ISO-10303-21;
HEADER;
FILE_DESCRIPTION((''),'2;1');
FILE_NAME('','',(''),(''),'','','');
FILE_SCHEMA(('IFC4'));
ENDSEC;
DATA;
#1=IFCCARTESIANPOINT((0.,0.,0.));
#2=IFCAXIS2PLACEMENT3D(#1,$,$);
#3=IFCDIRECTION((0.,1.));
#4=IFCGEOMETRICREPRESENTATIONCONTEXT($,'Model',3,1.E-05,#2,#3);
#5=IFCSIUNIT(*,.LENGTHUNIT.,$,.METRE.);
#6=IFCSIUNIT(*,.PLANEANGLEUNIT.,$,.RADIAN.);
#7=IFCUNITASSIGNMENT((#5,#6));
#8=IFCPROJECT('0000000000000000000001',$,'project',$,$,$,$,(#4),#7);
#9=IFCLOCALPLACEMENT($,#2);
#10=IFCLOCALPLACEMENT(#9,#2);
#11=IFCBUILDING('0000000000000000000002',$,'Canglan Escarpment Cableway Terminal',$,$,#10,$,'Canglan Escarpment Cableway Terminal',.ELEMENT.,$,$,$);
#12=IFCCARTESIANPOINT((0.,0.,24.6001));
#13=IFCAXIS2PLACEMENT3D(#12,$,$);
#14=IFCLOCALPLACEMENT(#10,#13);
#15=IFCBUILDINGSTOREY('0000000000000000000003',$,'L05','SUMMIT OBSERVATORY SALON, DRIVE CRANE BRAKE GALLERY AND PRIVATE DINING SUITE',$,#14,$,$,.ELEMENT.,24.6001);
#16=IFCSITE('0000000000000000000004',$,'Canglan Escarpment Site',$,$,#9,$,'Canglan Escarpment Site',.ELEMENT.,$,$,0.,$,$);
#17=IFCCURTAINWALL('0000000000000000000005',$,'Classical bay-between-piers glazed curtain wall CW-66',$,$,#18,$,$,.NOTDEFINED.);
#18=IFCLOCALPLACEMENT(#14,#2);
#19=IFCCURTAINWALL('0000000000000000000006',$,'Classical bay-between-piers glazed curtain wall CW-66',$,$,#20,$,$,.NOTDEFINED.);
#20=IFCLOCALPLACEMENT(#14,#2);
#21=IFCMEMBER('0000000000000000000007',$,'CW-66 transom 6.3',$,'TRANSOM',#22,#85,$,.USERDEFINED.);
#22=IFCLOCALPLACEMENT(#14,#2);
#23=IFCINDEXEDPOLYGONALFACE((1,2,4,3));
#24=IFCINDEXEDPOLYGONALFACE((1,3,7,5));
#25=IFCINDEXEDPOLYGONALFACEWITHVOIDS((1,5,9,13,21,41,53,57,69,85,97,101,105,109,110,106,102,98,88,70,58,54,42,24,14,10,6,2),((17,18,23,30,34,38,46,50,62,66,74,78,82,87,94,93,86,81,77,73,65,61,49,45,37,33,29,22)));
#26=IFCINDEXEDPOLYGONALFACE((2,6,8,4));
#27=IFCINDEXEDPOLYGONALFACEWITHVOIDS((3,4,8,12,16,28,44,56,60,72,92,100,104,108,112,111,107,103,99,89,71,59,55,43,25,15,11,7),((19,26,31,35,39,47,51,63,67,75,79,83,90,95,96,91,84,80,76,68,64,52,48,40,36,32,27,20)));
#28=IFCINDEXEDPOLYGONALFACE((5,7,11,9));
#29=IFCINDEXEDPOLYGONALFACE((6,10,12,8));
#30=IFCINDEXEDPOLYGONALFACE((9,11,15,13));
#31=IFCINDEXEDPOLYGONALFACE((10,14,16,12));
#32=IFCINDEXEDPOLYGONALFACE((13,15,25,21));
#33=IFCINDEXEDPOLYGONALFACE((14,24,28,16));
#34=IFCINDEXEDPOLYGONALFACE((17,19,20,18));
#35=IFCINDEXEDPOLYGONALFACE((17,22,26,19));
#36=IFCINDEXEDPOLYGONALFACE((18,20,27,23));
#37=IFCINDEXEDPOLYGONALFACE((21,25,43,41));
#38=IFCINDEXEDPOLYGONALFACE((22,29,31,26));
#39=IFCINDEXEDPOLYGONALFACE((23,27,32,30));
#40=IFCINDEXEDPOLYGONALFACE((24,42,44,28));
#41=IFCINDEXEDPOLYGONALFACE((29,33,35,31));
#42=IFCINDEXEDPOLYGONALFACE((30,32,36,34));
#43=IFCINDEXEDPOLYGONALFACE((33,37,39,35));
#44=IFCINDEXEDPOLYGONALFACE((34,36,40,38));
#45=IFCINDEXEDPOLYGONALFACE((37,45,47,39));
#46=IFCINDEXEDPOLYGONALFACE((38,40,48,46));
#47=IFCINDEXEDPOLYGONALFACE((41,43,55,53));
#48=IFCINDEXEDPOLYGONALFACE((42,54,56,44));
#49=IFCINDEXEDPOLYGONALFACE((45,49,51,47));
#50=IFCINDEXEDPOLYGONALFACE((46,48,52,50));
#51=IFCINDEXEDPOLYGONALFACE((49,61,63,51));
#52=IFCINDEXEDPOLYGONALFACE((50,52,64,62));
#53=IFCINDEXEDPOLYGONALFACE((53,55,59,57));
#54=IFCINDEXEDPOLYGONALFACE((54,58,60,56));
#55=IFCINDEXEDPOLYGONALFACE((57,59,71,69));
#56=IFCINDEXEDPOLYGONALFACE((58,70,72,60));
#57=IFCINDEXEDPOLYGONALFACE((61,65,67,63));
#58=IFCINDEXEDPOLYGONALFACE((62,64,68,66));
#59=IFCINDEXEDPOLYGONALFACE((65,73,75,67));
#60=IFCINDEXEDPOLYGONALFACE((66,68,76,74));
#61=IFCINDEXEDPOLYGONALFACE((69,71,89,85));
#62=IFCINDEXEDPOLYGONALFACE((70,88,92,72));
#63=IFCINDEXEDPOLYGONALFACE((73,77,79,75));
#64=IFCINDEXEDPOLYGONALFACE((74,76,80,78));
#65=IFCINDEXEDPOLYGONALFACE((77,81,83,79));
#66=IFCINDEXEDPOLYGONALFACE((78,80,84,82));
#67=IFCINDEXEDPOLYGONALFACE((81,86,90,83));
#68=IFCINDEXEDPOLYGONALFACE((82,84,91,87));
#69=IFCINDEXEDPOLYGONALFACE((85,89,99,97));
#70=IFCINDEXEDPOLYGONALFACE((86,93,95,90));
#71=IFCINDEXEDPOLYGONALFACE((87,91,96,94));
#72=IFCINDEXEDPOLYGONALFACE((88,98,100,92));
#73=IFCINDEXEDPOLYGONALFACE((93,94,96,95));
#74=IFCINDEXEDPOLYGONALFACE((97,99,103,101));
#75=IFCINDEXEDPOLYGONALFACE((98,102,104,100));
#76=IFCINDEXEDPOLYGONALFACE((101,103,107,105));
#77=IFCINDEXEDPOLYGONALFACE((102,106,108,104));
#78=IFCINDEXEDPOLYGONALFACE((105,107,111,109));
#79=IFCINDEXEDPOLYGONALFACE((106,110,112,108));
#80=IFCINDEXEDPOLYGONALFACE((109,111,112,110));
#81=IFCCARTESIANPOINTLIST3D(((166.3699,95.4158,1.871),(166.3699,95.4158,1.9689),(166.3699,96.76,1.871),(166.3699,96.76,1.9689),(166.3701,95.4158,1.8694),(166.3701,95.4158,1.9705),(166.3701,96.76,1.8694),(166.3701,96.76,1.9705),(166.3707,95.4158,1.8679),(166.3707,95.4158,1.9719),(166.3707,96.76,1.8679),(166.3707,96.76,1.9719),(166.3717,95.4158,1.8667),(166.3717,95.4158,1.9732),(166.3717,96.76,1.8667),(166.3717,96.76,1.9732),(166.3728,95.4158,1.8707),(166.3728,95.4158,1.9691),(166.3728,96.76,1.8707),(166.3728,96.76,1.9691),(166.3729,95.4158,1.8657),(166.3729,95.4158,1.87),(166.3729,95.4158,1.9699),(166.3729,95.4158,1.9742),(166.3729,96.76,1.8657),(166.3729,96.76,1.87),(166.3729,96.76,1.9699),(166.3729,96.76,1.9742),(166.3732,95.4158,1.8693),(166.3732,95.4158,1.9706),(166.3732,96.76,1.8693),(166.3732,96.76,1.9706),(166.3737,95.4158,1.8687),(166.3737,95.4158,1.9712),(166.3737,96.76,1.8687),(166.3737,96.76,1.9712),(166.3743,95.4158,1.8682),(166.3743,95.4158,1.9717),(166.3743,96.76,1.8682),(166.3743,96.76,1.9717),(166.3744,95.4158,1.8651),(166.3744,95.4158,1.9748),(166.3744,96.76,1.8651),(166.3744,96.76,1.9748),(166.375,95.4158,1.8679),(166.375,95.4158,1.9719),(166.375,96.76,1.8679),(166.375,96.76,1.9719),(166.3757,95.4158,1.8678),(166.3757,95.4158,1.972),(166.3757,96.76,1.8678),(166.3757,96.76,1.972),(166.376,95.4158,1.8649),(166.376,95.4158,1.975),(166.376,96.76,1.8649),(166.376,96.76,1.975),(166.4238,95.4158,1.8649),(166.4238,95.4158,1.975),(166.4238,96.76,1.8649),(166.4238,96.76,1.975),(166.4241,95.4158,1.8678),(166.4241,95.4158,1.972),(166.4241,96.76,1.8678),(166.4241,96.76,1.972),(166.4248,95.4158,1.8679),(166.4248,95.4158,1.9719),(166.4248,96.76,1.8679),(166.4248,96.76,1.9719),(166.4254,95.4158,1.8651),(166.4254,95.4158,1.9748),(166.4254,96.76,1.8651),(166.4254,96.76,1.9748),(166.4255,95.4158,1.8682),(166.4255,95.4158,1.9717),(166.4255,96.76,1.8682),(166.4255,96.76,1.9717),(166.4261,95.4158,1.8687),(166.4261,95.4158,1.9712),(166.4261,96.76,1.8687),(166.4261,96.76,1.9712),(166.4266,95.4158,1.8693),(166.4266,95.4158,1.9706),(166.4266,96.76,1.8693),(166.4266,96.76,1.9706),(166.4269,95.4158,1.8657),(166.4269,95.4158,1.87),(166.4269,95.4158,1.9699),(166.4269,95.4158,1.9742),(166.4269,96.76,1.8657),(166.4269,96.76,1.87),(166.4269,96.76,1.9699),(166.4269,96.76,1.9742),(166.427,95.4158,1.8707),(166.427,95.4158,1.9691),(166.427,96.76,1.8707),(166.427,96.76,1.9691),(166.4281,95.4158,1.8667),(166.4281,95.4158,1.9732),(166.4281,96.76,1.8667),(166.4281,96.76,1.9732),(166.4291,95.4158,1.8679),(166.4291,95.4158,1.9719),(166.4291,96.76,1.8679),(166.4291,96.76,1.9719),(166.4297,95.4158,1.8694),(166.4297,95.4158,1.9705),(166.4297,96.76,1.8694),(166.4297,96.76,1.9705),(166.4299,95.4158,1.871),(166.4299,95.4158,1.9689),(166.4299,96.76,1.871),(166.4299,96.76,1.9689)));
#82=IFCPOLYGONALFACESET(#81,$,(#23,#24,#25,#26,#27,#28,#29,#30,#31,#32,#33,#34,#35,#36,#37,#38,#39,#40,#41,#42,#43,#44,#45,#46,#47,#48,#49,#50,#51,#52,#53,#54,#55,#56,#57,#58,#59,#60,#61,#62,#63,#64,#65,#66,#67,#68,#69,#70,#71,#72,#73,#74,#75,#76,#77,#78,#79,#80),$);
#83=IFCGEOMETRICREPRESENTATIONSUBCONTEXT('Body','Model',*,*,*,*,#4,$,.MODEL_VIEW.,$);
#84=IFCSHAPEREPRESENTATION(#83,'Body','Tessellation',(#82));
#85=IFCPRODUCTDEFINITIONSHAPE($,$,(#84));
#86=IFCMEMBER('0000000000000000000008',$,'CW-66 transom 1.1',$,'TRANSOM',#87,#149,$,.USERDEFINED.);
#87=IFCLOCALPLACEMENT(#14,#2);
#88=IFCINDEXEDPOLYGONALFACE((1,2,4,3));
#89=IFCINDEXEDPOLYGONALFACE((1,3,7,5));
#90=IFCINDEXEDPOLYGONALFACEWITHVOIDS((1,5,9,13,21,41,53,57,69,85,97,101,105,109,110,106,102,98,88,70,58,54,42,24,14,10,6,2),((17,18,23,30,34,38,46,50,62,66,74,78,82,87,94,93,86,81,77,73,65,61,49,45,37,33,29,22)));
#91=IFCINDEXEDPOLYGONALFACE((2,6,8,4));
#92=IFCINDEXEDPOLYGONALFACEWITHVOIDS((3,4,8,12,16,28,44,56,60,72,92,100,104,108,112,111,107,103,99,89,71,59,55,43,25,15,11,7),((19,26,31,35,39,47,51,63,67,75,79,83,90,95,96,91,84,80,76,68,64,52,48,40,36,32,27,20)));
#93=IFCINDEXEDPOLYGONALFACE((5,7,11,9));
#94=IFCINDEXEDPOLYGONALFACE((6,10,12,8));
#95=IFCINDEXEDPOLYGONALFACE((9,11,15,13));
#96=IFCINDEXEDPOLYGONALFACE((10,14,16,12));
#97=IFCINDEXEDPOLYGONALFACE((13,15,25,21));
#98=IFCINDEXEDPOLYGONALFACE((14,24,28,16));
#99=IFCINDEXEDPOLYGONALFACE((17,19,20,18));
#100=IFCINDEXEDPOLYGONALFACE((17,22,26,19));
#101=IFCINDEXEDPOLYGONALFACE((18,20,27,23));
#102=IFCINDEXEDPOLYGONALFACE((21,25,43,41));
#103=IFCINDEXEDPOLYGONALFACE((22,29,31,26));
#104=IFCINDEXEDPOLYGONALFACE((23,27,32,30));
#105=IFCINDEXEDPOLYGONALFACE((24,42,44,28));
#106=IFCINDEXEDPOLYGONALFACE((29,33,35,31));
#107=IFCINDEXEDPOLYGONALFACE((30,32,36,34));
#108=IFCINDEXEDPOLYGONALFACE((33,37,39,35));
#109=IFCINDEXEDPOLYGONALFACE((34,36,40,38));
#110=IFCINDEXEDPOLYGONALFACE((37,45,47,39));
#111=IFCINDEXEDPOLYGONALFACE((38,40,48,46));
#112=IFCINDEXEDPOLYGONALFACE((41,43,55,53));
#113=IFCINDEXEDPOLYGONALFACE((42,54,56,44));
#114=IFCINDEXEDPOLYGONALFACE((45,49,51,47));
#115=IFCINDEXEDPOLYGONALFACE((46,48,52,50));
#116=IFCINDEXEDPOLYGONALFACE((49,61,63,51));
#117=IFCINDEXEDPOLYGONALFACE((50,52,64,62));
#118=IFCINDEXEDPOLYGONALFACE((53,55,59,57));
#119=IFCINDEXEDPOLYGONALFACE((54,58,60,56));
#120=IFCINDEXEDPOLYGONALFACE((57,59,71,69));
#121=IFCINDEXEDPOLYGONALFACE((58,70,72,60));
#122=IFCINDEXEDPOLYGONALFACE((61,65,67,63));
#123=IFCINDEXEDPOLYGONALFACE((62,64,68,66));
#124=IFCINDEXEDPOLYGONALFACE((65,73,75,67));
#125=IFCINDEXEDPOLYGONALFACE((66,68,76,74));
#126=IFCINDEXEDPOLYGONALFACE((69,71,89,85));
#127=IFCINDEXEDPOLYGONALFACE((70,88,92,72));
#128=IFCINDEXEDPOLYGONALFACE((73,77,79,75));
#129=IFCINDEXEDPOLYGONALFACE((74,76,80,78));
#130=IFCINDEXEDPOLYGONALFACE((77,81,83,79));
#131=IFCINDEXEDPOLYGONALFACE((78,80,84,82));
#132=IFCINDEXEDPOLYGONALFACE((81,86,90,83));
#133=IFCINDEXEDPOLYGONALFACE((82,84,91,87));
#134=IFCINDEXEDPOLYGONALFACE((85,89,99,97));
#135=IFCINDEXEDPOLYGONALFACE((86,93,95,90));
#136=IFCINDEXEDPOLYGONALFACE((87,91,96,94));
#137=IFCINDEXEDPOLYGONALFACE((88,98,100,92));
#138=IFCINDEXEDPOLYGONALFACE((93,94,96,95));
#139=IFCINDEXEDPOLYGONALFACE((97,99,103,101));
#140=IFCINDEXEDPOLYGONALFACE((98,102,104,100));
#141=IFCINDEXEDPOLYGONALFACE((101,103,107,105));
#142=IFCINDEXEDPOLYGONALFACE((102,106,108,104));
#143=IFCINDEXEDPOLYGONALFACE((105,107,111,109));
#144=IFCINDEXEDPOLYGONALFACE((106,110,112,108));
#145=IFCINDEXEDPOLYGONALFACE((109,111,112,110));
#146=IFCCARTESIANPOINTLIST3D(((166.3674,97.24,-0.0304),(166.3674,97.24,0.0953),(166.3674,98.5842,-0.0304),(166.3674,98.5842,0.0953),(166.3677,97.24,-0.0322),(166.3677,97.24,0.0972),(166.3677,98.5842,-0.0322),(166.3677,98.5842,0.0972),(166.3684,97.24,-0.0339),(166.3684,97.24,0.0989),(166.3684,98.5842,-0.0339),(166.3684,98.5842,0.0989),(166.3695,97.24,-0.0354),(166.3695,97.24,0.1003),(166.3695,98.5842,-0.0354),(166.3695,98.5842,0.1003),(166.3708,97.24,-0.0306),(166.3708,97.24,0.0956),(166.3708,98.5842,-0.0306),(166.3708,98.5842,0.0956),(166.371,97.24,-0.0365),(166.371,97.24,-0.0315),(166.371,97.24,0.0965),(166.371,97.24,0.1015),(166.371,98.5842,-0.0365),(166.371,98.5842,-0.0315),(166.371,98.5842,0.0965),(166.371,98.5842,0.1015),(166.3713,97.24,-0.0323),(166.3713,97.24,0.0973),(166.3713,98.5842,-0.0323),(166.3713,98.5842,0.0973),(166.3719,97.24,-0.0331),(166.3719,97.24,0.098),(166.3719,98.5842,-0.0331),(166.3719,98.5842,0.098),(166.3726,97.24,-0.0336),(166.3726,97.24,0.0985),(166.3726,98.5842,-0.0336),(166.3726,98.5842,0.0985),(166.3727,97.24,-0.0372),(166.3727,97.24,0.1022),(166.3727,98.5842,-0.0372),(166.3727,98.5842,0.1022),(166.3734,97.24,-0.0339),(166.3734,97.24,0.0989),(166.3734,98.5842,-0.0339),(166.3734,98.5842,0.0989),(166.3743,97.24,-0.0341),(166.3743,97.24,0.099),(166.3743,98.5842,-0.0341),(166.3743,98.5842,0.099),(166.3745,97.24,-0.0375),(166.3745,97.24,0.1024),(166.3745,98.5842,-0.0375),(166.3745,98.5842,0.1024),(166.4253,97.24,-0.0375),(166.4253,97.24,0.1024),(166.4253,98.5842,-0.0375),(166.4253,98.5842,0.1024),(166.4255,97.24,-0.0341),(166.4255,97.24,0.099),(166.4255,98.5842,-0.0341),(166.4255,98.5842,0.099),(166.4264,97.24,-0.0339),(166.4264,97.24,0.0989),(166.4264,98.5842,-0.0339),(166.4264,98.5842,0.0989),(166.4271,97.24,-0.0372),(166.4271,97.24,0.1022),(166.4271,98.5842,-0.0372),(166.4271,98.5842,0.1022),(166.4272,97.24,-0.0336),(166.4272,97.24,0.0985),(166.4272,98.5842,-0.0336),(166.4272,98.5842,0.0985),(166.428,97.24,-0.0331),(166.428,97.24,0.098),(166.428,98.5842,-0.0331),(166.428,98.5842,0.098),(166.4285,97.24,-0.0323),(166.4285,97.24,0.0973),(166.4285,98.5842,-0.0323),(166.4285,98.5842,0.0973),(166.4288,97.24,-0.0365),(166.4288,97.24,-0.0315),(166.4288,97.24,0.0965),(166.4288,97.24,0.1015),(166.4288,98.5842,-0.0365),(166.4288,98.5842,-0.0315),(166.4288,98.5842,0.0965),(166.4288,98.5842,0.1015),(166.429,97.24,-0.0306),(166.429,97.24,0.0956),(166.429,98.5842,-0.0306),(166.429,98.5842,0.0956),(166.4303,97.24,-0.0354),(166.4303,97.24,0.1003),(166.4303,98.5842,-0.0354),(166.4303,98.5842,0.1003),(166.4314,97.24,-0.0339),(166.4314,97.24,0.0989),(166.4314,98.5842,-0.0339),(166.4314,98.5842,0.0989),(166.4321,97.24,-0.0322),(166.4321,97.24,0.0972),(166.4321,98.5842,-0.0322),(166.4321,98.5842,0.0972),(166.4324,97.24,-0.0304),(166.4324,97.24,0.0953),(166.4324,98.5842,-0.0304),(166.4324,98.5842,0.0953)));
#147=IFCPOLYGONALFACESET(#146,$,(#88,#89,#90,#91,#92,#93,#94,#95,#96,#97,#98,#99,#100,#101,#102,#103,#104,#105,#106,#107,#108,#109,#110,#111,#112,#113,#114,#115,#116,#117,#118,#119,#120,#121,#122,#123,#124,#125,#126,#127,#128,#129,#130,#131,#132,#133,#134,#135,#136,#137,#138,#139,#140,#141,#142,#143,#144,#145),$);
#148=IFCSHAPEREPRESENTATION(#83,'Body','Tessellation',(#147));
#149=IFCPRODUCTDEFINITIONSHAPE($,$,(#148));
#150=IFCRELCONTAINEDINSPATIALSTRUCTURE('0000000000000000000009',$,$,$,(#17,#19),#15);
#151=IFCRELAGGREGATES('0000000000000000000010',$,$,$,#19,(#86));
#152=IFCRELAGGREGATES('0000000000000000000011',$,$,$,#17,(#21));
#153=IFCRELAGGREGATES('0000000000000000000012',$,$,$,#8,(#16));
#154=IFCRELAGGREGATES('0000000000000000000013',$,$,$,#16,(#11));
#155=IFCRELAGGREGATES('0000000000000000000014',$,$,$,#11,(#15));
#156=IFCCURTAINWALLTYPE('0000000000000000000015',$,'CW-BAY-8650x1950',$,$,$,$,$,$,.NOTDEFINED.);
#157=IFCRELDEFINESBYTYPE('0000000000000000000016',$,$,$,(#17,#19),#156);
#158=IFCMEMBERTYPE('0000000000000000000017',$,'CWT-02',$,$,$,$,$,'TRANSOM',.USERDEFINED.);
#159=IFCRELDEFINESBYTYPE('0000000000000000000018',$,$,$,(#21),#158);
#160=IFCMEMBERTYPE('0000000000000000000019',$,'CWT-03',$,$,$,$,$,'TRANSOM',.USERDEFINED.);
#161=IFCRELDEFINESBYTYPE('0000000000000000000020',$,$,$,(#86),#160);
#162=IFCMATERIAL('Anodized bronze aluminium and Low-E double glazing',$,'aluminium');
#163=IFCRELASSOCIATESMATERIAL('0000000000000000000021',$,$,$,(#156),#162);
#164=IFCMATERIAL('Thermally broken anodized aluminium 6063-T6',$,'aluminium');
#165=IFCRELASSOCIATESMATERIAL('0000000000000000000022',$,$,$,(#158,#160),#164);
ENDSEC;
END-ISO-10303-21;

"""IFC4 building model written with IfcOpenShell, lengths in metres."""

from ifc_helpers import new_model, si_unit, direction, frame, origin, origin_2d, place, context, subcontext, project, spatial, hollow_rectangle, extrude, material, material_profile, profile_set, type_object, element, aggregate, save


model = new_model("IFC4")

# Units and contexts
model_context = context("Model", 3, precision=1e-05, world=origin(), true_north=direction((0.0, 1.0)))
body_context = subcontext(model_context, "Body", "Model", "MODEL_VIEW")
ifc_project = project(units=[si_unit("LENGTHUNIT", "METRE"), si_unit("PLANEANGLEUNIT", "RADIAN")], contexts=[model_context])

# Site, building, storey
site_placement = place(None, origin())
site = spatial("IfcSite", under=ifc_project, at=site_placement, Name="Canglan Escarpment Site", LongName="Canglan Escarpment Site", CompositionType="ELEMENT", RefElevation=0.0)
building_placement = place(site_placement, origin())
building = spatial("IfcBuilding", under=site, at=building_placement, Name="Canglan Escarpment Cableway Terminal", LongName="Canglan Escarpment Cableway Terminal", CompositionType="ELEMENT")
storey_placement = place(building_placement, frame((0.0, 0.0, 24.6001)))
storey = spatial("IfcBuildingStorey", under=building, at=storey_placement, Name="L05", Description="SUMMIT OBSERVATORY SALON, DRIVE CRANE BRAKE GALLERY AND PRIVATE DINING SUITE", CompositionType="ELEMENT", Elevation=24.6001)

# Curtain wall
ifc_material_1 = material(Name="Anodized bronze aluminium and Low-E double glazing", Category="aluminium")
curtain_wall_type = type_object("IfcCurtainWallType", Name="CW-BAY-8650x1950", PredefinedType="NOTDEFINED", material=ifc_material_1)
curtain_wall_1_placement = place(storey_placement, origin())
curtain_wall_1 = element("IfcCurtainWall", 1, at=curtain_wall_1_placement, inside=storey, type_object=curtain_wall_type, Name="Classical bay-between-piers glazed curtain wall CW-66", PredefinedType="NOTDEFINED")
ifc_material_2 = material(Name="Thermally broken anodized aluminium 6063-T6", Category="aluminium")

# Curtain wall
curtain_wall_2_placement = place(storey_placement, origin())
curtain_wall_2 = element("IfcCurtainWall", 2, at=curtain_wall_2_placement, inside=storey, type_object=curtain_wall_type, Name="Classical bay-between-piers glazed curtain wall CW-66", PredefinedType="NOTDEFINED")

# Members
ifc_material_profile_1 = material_profile(ifc_material_2, hollow_rectangle(XDim=0.0601, YDim=0.1101, WallThickness=0.0029, InnerFilletRadius=0.0029, OuterFilletRadius=0.0061, at=origin_2d()), Name="ALU-TRAN 60x110x3")
ifc_profile_set_1 = profile_set([ifc_material_profile_1], Name="Thermally broken anodized aluminium 6063-T6")
member_type_1 = type_object("IfcMemberType", Name="CWT-02", ElementType="TRANSOM", PredefinedType="USERDEFINED", material=ifc_profile_set_1)
member_1_placement = place(storey_placement, frame((166.3999, 95.4158, 1.9199), z_axis=(0.0, 1.0, 0.0), x_axis=(-1.0, 0.0, 0.0)))
member_1 = element("IfcMember", 3, at=member_1_placement, type_object=member_type_1, Name="CW-66 transom 6.3", ObjectType="TRANSOM", PredefinedType="USERDEFINED", context=body_context, shape_type="SweptSolid", body=[
    extrude(hollow_rectangle(XDim=0.0601, YDim=0.1101, WallThickness=0.0029, InnerFilletRadius=0.0029, OuterFilletRadius=0.0061, at=origin_2d()), origin(), (0.0, 0.0, 1.0), 1.3442),
])
ifc_material_profile_2 = material_profile(ifc_material_2, hollow_rectangle(XDim=0.0649, YDim=0.1399, WallThickness=0.0034, InnerFilletRadius=0.0034, OuterFilletRadius=0.0071, at=origin_2d()), Name="ALU-TRAN 65x140x3.5")
ifc_profile_set_2 = profile_set([ifc_material_profile_2], Name="Thermally broken anodized aluminium 6063-T6")
member_type_2 = type_object("IfcMemberType", Name="CWT-03", ElementType="TRANSOM", PredefinedType="USERDEFINED", material=ifc_profile_set_2)
member_2_placement = place(storey_placement, frame((166.3999, 97.24, 0.0325), z_axis=(0.0, 1.0, 0.0), x_axis=(-1.0, 0.0, 0.0)))
member_2 = element("IfcMember", 4, at=member_2_placement, type_object=member_type_2, Name="CW-66 transom 1.1", ObjectType="TRANSOM", PredefinedType="USERDEFINED", context=body_context, shape_type="SweptSolid", body=[
    extrude(hollow_rectangle(XDim=0.0649, YDim=0.1399, WallThickness=0.0034, InnerFilletRadius=0.0034, OuterFilletRadius=0.0071, at=origin_2d()), origin(), (0.0, 0.0, 1.0), 1.3442),
])

aggregate(curtain_wall_2, [member_2])
aggregate(curtain_wall_1, [member_1])

save(model, "model.ifc")
